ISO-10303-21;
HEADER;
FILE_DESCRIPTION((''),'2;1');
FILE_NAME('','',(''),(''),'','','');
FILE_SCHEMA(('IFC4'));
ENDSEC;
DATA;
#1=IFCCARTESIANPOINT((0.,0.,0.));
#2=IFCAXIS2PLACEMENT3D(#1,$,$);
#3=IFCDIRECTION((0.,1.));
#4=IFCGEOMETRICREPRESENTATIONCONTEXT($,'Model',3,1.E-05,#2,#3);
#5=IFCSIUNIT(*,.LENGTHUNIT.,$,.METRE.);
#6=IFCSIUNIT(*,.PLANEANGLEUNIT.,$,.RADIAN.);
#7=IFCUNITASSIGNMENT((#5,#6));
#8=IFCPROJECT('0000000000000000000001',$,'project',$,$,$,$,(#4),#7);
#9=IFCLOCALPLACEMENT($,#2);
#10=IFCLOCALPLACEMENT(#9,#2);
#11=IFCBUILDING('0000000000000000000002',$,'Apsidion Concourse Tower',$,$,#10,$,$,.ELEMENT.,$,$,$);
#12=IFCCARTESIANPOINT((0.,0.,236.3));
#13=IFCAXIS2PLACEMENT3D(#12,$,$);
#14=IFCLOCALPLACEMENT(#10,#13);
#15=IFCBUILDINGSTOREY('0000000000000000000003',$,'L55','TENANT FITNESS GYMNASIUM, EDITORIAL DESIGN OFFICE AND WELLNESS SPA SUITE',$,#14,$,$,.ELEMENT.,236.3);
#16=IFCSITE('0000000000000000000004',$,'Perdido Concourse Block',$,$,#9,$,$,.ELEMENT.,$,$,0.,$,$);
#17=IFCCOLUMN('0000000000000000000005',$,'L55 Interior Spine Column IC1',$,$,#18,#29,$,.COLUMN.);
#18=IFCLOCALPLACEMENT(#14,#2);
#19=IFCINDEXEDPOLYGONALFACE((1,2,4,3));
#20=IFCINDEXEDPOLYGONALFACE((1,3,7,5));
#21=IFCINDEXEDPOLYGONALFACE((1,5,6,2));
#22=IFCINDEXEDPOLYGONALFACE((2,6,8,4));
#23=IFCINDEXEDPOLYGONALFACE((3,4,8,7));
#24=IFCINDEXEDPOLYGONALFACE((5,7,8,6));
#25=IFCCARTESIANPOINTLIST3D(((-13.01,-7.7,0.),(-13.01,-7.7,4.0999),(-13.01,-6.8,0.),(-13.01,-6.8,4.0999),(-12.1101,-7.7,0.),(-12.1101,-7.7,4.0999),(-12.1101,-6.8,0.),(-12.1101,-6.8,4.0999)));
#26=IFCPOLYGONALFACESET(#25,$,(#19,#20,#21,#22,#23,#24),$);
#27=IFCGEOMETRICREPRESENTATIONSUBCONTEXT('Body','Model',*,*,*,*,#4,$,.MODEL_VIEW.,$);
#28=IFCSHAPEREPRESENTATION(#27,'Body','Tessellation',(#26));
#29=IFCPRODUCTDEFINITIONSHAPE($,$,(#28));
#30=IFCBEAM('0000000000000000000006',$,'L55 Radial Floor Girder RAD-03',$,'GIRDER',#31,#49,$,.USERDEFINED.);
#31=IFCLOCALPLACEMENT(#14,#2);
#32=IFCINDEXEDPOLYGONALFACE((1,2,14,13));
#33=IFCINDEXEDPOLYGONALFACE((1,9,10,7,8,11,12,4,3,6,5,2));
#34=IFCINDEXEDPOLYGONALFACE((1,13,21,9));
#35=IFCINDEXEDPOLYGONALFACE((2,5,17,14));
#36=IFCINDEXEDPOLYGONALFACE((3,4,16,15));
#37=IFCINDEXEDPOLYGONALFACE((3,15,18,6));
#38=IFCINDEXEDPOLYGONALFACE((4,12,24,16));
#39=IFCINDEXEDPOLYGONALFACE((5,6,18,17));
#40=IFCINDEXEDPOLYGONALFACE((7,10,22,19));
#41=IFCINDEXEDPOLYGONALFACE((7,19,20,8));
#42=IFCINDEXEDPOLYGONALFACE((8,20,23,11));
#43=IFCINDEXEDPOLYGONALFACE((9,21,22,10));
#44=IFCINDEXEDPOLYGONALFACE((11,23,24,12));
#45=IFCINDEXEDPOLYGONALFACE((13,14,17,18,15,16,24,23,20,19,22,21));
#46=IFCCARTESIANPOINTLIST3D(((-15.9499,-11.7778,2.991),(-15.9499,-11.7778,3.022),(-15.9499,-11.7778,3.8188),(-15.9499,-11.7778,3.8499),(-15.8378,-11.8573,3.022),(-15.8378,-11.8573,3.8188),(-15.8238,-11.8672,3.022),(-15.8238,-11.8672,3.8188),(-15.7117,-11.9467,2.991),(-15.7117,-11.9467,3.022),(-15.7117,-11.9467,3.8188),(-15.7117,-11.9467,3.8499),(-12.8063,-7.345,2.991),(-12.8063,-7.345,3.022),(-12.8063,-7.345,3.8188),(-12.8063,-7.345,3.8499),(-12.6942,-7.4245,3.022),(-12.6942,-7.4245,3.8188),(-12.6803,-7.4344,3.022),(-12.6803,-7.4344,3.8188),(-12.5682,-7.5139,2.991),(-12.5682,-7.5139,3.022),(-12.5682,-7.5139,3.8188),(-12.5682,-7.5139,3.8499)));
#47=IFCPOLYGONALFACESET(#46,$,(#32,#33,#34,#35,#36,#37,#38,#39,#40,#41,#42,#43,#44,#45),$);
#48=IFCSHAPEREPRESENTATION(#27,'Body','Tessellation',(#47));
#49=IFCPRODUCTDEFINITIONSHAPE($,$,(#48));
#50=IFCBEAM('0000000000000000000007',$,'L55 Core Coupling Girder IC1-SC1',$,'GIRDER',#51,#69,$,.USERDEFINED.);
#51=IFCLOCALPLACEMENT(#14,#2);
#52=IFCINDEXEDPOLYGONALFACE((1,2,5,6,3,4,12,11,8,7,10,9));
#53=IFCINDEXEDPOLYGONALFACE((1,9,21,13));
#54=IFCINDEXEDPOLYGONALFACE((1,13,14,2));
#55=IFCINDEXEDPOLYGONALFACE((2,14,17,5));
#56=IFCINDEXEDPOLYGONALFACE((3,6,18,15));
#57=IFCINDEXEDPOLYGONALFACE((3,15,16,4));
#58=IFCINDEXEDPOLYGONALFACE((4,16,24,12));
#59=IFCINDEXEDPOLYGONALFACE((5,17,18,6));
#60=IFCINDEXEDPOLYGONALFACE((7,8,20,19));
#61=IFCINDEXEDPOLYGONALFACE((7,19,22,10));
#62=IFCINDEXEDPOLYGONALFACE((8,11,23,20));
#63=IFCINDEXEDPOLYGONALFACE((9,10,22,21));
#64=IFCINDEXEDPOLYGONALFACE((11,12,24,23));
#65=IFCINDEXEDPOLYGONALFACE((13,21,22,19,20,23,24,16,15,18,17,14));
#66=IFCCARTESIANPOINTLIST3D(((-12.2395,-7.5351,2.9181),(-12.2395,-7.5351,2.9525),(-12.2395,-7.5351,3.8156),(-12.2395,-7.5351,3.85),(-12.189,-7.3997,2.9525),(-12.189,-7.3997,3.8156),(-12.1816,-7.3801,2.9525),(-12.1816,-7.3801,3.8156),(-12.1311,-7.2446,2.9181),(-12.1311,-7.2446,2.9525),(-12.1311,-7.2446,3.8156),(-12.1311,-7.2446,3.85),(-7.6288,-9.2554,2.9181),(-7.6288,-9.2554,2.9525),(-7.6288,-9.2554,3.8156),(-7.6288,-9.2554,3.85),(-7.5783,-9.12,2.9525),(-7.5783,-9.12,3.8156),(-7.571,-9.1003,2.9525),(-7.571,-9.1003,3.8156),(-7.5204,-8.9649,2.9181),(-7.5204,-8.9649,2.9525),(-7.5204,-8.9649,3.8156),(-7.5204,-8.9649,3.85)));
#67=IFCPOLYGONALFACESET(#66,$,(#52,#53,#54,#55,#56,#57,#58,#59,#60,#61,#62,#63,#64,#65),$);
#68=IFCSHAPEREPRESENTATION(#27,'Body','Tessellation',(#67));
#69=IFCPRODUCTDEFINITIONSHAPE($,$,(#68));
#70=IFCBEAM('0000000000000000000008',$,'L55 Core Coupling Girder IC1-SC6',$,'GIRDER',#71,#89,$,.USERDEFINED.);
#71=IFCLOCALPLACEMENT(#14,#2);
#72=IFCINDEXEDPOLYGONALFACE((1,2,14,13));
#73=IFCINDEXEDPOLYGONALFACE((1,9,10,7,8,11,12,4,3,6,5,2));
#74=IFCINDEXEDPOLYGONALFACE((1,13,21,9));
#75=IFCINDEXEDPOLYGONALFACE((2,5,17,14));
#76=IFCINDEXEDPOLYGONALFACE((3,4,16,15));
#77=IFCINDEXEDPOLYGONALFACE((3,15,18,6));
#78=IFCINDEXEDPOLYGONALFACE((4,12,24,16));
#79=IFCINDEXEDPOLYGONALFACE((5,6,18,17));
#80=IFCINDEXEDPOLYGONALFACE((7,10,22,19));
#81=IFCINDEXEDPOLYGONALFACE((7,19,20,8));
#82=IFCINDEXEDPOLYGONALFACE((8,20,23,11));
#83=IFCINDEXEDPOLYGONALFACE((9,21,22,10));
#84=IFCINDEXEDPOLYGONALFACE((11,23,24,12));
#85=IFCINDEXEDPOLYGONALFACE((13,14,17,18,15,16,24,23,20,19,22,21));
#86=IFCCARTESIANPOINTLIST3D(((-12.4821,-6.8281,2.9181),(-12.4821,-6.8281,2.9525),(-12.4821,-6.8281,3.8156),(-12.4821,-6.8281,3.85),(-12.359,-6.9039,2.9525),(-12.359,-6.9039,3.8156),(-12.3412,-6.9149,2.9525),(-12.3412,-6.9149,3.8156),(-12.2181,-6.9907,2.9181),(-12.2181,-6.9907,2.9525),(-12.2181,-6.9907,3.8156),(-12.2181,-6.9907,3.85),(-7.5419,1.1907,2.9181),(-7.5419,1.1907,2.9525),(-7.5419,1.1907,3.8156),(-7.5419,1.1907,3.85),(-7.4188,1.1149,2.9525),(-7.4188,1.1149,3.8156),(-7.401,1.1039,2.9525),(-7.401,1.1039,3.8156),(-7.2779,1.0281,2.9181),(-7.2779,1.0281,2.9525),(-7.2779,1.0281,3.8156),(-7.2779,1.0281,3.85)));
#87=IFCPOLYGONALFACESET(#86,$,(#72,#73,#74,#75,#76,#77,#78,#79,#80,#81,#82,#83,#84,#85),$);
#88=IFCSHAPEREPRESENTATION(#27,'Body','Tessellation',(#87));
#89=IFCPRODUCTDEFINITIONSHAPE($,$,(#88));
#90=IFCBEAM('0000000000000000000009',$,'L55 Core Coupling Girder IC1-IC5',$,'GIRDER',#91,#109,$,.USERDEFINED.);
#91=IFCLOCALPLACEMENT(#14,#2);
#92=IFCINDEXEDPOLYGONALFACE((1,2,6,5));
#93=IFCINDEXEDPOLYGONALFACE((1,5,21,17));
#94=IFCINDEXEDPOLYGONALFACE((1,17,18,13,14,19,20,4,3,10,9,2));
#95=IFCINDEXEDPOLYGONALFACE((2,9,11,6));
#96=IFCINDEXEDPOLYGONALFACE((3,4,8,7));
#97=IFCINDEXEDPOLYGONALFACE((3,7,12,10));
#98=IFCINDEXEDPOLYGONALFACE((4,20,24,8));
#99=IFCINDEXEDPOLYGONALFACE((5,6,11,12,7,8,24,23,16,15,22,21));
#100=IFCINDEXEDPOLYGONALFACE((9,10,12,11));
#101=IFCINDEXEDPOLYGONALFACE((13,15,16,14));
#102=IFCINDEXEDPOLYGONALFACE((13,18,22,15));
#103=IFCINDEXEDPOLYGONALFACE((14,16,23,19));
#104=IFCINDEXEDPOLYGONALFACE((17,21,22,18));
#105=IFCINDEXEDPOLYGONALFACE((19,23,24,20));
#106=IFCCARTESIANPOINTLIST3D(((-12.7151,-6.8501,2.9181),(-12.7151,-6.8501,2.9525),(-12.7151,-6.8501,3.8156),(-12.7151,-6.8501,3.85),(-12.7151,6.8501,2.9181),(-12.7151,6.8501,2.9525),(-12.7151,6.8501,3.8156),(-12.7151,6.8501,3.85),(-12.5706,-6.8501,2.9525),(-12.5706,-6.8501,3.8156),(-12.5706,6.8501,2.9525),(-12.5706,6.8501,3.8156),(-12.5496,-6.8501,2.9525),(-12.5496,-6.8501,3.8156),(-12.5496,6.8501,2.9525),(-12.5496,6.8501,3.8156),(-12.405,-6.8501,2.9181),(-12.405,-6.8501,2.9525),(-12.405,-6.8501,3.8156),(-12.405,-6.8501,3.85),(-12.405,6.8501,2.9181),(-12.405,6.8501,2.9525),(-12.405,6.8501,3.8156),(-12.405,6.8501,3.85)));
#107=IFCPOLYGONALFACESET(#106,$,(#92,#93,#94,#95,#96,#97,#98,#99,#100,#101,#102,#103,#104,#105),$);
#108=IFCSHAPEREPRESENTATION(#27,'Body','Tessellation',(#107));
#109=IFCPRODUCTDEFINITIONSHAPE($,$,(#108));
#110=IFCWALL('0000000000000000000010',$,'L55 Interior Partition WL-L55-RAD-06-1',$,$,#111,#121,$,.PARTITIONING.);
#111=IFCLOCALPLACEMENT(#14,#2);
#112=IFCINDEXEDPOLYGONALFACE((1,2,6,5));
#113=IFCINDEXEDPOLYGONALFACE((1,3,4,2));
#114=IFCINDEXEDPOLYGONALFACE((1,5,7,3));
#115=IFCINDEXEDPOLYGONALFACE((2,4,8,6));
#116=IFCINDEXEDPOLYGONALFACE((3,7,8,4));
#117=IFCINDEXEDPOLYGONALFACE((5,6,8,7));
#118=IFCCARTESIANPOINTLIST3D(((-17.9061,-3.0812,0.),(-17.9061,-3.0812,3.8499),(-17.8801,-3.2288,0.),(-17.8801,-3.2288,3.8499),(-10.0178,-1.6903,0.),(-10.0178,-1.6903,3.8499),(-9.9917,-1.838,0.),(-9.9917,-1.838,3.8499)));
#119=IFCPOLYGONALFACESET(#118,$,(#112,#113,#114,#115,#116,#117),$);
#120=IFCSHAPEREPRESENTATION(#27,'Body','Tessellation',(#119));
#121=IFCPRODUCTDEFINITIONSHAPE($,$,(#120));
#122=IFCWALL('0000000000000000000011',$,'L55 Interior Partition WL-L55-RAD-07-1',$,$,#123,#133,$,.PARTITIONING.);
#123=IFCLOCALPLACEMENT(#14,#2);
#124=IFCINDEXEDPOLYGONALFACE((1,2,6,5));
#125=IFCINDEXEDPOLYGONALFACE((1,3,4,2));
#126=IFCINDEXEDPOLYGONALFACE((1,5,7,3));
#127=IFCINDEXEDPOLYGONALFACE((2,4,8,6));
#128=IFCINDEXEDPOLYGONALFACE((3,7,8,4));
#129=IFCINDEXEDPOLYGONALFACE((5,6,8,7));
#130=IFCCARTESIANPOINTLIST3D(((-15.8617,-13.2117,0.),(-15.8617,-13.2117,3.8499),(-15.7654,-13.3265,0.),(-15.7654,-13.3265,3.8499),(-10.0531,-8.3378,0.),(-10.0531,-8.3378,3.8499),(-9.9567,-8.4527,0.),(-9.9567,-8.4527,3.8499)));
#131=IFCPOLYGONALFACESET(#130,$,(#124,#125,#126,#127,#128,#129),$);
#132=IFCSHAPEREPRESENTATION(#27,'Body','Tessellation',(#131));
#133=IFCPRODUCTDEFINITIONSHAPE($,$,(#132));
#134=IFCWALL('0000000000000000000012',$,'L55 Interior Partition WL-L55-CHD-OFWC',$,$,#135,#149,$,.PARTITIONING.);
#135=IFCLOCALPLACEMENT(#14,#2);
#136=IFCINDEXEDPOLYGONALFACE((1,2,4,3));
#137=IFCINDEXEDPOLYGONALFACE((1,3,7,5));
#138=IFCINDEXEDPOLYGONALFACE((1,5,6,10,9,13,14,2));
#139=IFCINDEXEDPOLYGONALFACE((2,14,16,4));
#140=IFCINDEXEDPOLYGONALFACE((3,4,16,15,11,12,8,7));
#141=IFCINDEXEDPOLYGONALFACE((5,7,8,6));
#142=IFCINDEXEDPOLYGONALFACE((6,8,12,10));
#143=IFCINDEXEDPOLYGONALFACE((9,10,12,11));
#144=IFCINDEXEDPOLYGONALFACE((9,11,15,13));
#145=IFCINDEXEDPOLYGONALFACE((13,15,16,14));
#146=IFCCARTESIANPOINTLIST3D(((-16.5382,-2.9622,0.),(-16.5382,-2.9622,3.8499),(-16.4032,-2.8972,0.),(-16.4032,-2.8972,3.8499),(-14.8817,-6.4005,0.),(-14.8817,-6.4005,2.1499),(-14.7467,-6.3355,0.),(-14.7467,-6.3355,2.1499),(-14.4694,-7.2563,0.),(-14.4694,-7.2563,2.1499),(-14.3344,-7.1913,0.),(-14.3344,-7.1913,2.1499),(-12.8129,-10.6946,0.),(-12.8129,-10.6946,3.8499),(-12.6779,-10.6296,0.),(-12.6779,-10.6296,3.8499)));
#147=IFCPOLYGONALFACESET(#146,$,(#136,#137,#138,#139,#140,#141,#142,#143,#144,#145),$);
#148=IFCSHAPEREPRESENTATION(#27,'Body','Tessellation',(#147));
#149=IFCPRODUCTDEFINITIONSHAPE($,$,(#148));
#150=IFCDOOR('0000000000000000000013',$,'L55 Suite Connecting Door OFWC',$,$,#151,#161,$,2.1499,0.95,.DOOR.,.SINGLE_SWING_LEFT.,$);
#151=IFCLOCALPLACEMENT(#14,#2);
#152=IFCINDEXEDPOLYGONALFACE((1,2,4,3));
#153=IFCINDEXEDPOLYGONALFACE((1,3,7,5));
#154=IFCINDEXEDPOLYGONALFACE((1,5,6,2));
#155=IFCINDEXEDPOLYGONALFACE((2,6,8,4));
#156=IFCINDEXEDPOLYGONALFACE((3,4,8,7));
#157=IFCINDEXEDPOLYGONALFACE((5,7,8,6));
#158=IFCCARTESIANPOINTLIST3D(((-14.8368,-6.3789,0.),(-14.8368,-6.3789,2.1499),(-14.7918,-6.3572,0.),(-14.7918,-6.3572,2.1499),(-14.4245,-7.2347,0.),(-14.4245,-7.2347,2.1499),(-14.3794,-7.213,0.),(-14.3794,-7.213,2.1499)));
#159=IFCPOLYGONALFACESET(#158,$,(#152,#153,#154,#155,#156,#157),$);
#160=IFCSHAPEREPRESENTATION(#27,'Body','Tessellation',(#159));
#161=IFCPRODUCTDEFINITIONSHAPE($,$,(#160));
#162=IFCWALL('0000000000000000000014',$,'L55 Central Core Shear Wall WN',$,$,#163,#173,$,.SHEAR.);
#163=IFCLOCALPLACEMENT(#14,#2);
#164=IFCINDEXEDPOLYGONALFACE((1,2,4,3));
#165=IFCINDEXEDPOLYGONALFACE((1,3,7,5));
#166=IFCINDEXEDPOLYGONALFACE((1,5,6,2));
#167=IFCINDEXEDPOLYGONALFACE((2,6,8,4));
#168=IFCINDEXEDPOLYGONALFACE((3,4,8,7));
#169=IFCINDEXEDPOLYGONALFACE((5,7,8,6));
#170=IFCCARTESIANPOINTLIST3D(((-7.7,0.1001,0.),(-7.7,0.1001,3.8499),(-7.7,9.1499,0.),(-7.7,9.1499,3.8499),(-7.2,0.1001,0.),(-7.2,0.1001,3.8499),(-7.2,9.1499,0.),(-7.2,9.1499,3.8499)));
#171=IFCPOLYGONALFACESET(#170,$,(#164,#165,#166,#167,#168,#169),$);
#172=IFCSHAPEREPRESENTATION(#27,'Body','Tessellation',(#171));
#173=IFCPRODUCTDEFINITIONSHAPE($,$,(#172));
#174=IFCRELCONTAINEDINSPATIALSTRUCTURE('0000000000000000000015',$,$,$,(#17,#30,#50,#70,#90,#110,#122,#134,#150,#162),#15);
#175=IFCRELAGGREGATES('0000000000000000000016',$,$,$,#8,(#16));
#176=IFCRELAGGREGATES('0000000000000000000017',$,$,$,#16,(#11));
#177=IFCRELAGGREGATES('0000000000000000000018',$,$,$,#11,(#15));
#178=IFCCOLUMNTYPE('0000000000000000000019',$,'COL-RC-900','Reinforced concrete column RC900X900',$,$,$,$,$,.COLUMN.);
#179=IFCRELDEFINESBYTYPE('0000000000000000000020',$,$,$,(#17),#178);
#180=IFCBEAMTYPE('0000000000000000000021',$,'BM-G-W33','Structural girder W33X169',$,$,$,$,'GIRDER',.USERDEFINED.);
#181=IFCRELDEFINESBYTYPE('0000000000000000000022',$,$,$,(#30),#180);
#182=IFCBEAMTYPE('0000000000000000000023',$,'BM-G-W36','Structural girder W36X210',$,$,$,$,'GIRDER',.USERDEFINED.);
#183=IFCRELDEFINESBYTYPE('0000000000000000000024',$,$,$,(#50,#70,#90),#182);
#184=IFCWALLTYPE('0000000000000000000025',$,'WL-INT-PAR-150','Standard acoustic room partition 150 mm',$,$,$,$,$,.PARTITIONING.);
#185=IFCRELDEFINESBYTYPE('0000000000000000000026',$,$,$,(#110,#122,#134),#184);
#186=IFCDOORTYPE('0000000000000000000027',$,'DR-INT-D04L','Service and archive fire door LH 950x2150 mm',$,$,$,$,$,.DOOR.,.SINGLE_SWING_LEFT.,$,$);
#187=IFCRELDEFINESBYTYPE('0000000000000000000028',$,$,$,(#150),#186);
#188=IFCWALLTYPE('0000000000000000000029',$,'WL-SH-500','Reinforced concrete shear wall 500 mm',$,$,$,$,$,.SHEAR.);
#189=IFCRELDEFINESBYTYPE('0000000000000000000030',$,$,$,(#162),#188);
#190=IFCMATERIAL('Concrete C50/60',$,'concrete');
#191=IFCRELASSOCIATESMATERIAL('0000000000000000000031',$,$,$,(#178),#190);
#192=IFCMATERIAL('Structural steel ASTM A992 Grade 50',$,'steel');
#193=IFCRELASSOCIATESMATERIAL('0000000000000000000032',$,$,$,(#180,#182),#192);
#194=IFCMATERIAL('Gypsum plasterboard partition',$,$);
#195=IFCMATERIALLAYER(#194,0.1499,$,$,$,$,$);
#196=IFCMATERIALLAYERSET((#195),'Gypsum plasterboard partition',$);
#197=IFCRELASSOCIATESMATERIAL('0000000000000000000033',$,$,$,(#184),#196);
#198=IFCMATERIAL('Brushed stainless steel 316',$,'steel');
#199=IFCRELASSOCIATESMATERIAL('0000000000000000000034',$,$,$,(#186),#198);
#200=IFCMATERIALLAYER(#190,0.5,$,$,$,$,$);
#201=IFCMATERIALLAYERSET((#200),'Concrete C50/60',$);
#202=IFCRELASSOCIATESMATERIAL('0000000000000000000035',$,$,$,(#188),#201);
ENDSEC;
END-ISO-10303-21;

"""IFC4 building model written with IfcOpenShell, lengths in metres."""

from ifc_helpers import new_model, si_unit, direction, frame, frame_2d, origin, origin_2d, place, context, subcontext, project, spatial, rectangle, i_section, extrude, material, layer, layer_set, material_profile, profile_set, type_object, element, fill, save


model = new_model("IFC4")

# Units and contexts
model_context = context("Model", 3, precision=1e-05, world=origin(), true_north=direction((0.0, 1.0)))
body_context = subcontext(model_context, "Body", "Model", "MODEL_VIEW")
ifc_project = project(units=[si_unit("LENGTHUNIT", "METRE"), si_unit("PLANEANGLEUNIT", "RADIAN")], contexts=[model_context])

# Site, building, storey
site_placement = place(None, origin())
site = spatial("IfcSite", under=ifc_project, at=site_placement, Name="Perdido Concourse Block", CompositionType="ELEMENT", RefElevation=0.0)
building_placement = place(site_placement, origin())
building = spatial("IfcBuilding", under=site, at=building_placement, Name="Apsidion Concourse Tower", CompositionType="ELEMENT")
storey_placement = place(building_placement, frame((0.0, 0.0, 236.3)))
storey = spatial("IfcBuildingStorey", under=building, at=storey_placement, Name="L55", Description="TENANT FITNESS GYMNASIUM, EDITORIAL DESIGN OFFICE AND WELLNESS SPA SUITE", CompositionType="ELEMENT", Elevation=236.3)

# Column
ifc_material_1 = material(Name="Concrete C50/60", Category="concrete")
ifc_material_profile_1 = material_profile(ifc_material_1, rectangle(XDim=0.8999, YDim=0.8999, at=origin_2d()), Name="RC 900x900")
ifc_profile_set_1 = profile_set([ifc_material_profile_1], Name="Concrete C50/60")
column_type = type_object("IfcColumnType", Name="COL-RC-900", Description="Reinforced concrete column RC900X900", PredefinedType="COLUMN", material=ifc_profile_set_1)
column_placement = place(storey_placement, frame((-12.5601, -7.25, 0.0), z_axis=(0.0, 0.0, 1.0), x_axis=(1.0, 0.0, 0.0)))
element("IfcColumn", 1, at=column_placement, inside=storey, type_object=column_type, Name="L55 Interior Spine Column IC1", PredefinedType="COLUMN", context=body_context, shape_type="SweptSolid", body=[
    extrude(rectangle(XDim=0.8999, YDim=0.8999, at=origin_2d()), origin(), (0.0, 0.0, 1.0), 4.0999),
])

# Beams
ifc_material_2 = material(Name="Structural steel ASTM A992 Grade 50", Category="steel")
ifc_material_profile_2 = material_profile(ifc_material_2, i_section(OverallWidth=0.292, OverallDepth=0.8589, WebThickness=0.0171, FlangeThickness=0.031, at=origin_2d()), Name="W33X169")
ifc_profile_set_2 = profile_set([ifc_material_profile_2], Name="Structural steel ASTM A992 Grade 50")
beam_type_1 = type_object("IfcBeamType", Name="BM-G-W33", Description="Structural girder W33X169", ElementType="GIRDER", PredefinedType="USERDEFINED", material=ifc_profile_set_2)
beam_1_placement = place(storey_placement, frame((-12.6873, -7.4294, 3.4204), z_axis=(-0.57846, -0.815711, 0.0), x_axis=(0.815711, -0.57846, 0.0)))
element("IfcBeam", 2, at=beam_1_placement, inside=storey, type_object=beam_type_1, Name="L55 Radial Floor Girder RAD-03", ObjectType="GIRDER", PredefinedType="USERDEFINED", context=body_context, shape_type="SweptSolid", body=[
    extrude(i_section(OverallWidth=0.292, OverallDepth=0.8589, WebThickness=0.0171, FlangeThickness=0.031, at=origin_2d()), origin(), (0.0, 0.0, 1.0), 5.4343),
])
ifc_material_profile_3 = material_profile(ifc_material_2, i_section(OverallWidth=0.3101, OverallDepth=0.9319, WebThickness=0.021, FlangeThickness=0.0344, at=origin_2d()), Name="W36X210")
ifc_profile_set_3 = profile_set([ifc_material_profile_3], Name="Structural steel ASTM A992 Grade 50")
beam_type_2 = type_object("IfcBeamType", Name="BM-G-W36", Description="Structural girder W36X210", ElementType="GIRDER", PredefinedType="USERDEFINED", material=ifc_profile_set_3)
beam_2_placement = place(storey_placement, frame((-12.1853, -7.3899, 3.384), z_axis=(0.936913, -0.349563, 0.0), x_axis=(0.349563, 0.936913, 0.0)))
element("IfcBeam", 3, at=beam_2_placement, inside=storey, type_object=beam_type_2, Name="L55 Core Coupling Girder IC1-SC1", ObjectType="GIRDER", PredefinedType="USERDEFINED", context=body_context, shape_type="SweptSolid", body=[
    extrude(i_section(OverallWidth=0.3101, OverallDepth=0.9319, WebThickness=0.021, FlangeThickness=0.0344, at=origin_2d()), origin(), (0.0, 0.0, 1.0), 4.9211),
])
beam_3_placement = place(storey_placement, frame((-12.3501, -6.9094, 3.384), z_axis=(0.524524, 0.851396, 0.0), x_axis=(-0.851396, 0.524524, 0.0)))
element("IfcBeam", 4, at=beam_3_placement, inside=storey, type_object=beam_type_2, Name="L55 Core Coupling Girder IC1-SC6", ObjectType="GIRDER", PredefinedType="USERDEFINED", context=body_context, shape_type="SweptSolid", body=[
    extrude(i_section(OverallWidth=0.3101, OverallDepth=0.9319, WebThickness=0.021, FlangeThickness=0.0344, at=origin_2d()), origin(), (0.0, 0.0, 1.0), 9.4185),
])
beam_4_placement = place(storey_placement, frame((-12.5601, -6.8501, 3.384), z_axis=(0.0, 1.0, 0.0), x_axis=(-1.0, 0.0, 0.0)))
element("IfcBeam", 5, at=beam_4_placement, inside=storey, type_object=beam_type_2, Name="L55 Core Coupling Girder IC1-IC5", ObjectType="GIRDER", PredefinedType="USERDEFINED", context=body_context, shape_type="SweptSolid", body=[
    extrude(i_section(OverallWidth=0.3101, OverallDepth=0.9319, WebThickness=0.021, FlangeThickness=0.0344, at=origin_2d()), origin(), (0.0, 0.0, 1.0), 13.7002),
])

# Walls
ifc_material_3 = material(Name="Gypsum plasterboard partition")
ifc_layer_1 = layer(ifc_material_3, 0.1499)
ifc_layer_set_1 = layer_set([ifc_layer_1], Name="Gypsum plasterboard partition")
wall_type_1 = type_object("IfcWallType", Name="WL-INT-PAR-150", Description="Standard acoustic room partition 150 mm", PredefinedType="PARTITIONING", material=ifc_layer_set_1)
wall_1_placement = place(storey_placement, frame((-10.0049, -1.7642, 0.0), z_axis=(0.0, 0.0, 1.0), x_axis=(-0.984809, -0.173639, 0.0)))
element("IfcWall", 6, at=wall_1_placement, inside=storey, type_object=wall_type_1, Name="L55 Interior Partition WL-L55-RAD-06-1", PredefinedType="PARTITIONING", context=body_context, shape_type="SweptSolid", body=[
    extrude(rectangle(XDim=8.01, YDim=0.1499, at=frame_2d((4.0049, 0.0))), origin(), (0.0, 0.0, 1.0), 3.8499),
])
wall_2_placement = place(storey_placement, frame((-10.0049, -8.3953, 0.0), z_axis=(0.0, 0.0, 1.0), x_axis=(-0.766058, -0.642771, 0.0)))
element("IfcWall", 7, at=wall_2_placement, inside=storey, type_object=wall_type_1, Name="L55 Interior Partition WL-L55-RAD-07-1", PredefinedType="PARTITIONING", context=body_context, shape_type="SweptSolid", body=[
    extrude(rectangle(XDim=7.5825, YDim=0.1499, at=frame_2d((3.7913, 0.0))), origin(), (0.0, 0.0, 1.0), 3.8499),
])

# Wall, opening, door
wall_3_placement = place(storey_placement, frame((-16.4707, -2.9297, 0.0), z_axis=(0.0, 0.0, 1.0), x_axis=(0.434035, -0.900896, 0.0)))
wall_3 = element("IfcWall", 8, at=wall_3_placement, inside=storey, type_object=wall_type_1, Name="L55 Interior Partition WL-L55-CHD-OFWC", PredefinedType="PARTITIONING", context=body_context, shape_type="SweptSolid", body=[
    extrude(rectangle(XDim=8.583, YDim=0.1499, at=frame_2d((4.2915, 0.0))), origin(), (0.0, 0.0, 1.0), 3.8499),
])
opening_1_placement = place(wall_3_placement, frame((3.8164, 0.0, 0.0)))
opening_1 = element("IfcOpeningElement", 9, at=opening_1_placement, cuts=wall_3, PredefinedType="OPENING", context=body_context, shape_type="SweptSolid", body=[
    extrude(rectangle(XDim=0.95, YDim=2.1499, at=frame_2d((0.4751, 1.075))), frame((0.0, 0.085, 0.0), z_axis=(0.0, -1.0, 0.0), x_axis=(1.0, 0.0, 0.0)), (0.0, 0.0, 1.0), 0.1699),
])
ifc_material_4 = material(Name="Brushed stainless steel 316", Category="steel")
door_type_1 = type_object("IfcDoorType", Name="DR-INT-D04L", Description="Service and archive fire door LH 950x2150 mm", OperationType="SINGLE_SWING_LEFT", PredefinedType="DOOR", material=ifc_material_4)
door_1_placement = place(opening_1_placement, origin())
door_1 = element("IfcDoor", 10, at=door_1_placement, inside=storey, type_object=door_type_1, Name="L55 Suite Connecting Door OFWC", OperationType="SINGLE_SWING_LEFT", OverallHeight=2.1499, OverallWidth=0.95, PredefinedType="DOOR", context=body_context, shape_type="SweptSolid", body=[
    extrude(rectangle(XDim=0.95, YDim=2.1499, at=frame_2d((0.4751, 1.075))), frame((0.0, 0.0249, 0.0), z_axis=(0.0, -1.0, 0.0), x_axis=(1.0, 0.0, 0.0)), (0.0, 0.0, 1.0), 0.05),
])
fill(opening_1, door_1)

# Wall
ifc_layer_2 = layer(ifc_material_1, 0.5)
ifc_layer_set_2 = layer_set([ifc_layer_2], Name="Concrete C50/60")
wall_type_2 = type_object("IfcWallType", Name="WL-SH-500", Description="Reinforced concrete shear wall 500 mm", PredefinedType="SHEAR", material=ifc_layer_set_2)
wall_4_placement = place(storey_placement, frame((-7.45, 0.1001, 0.0), z_axis=(0.0, 0.0, 1.0), x_axis=(0.0, 1.0, 0.0)))
element("IfcWall", 11, at=wall_4_placement, inside=storey, type_object=wall_type_2, Name="L55 Central Core Shear Wall WN", PredefinedType="SHEAR", context=body_context, shape_type="SweptSolid", body=[
    extrude(rectangle(XDim=9.0498, YDim=0.5, at=frame_2d((4.5249, 0.0))), origin(), (0.0, 0.0, 1.0), 3.8499),
])

save(model, "model.ifc")
